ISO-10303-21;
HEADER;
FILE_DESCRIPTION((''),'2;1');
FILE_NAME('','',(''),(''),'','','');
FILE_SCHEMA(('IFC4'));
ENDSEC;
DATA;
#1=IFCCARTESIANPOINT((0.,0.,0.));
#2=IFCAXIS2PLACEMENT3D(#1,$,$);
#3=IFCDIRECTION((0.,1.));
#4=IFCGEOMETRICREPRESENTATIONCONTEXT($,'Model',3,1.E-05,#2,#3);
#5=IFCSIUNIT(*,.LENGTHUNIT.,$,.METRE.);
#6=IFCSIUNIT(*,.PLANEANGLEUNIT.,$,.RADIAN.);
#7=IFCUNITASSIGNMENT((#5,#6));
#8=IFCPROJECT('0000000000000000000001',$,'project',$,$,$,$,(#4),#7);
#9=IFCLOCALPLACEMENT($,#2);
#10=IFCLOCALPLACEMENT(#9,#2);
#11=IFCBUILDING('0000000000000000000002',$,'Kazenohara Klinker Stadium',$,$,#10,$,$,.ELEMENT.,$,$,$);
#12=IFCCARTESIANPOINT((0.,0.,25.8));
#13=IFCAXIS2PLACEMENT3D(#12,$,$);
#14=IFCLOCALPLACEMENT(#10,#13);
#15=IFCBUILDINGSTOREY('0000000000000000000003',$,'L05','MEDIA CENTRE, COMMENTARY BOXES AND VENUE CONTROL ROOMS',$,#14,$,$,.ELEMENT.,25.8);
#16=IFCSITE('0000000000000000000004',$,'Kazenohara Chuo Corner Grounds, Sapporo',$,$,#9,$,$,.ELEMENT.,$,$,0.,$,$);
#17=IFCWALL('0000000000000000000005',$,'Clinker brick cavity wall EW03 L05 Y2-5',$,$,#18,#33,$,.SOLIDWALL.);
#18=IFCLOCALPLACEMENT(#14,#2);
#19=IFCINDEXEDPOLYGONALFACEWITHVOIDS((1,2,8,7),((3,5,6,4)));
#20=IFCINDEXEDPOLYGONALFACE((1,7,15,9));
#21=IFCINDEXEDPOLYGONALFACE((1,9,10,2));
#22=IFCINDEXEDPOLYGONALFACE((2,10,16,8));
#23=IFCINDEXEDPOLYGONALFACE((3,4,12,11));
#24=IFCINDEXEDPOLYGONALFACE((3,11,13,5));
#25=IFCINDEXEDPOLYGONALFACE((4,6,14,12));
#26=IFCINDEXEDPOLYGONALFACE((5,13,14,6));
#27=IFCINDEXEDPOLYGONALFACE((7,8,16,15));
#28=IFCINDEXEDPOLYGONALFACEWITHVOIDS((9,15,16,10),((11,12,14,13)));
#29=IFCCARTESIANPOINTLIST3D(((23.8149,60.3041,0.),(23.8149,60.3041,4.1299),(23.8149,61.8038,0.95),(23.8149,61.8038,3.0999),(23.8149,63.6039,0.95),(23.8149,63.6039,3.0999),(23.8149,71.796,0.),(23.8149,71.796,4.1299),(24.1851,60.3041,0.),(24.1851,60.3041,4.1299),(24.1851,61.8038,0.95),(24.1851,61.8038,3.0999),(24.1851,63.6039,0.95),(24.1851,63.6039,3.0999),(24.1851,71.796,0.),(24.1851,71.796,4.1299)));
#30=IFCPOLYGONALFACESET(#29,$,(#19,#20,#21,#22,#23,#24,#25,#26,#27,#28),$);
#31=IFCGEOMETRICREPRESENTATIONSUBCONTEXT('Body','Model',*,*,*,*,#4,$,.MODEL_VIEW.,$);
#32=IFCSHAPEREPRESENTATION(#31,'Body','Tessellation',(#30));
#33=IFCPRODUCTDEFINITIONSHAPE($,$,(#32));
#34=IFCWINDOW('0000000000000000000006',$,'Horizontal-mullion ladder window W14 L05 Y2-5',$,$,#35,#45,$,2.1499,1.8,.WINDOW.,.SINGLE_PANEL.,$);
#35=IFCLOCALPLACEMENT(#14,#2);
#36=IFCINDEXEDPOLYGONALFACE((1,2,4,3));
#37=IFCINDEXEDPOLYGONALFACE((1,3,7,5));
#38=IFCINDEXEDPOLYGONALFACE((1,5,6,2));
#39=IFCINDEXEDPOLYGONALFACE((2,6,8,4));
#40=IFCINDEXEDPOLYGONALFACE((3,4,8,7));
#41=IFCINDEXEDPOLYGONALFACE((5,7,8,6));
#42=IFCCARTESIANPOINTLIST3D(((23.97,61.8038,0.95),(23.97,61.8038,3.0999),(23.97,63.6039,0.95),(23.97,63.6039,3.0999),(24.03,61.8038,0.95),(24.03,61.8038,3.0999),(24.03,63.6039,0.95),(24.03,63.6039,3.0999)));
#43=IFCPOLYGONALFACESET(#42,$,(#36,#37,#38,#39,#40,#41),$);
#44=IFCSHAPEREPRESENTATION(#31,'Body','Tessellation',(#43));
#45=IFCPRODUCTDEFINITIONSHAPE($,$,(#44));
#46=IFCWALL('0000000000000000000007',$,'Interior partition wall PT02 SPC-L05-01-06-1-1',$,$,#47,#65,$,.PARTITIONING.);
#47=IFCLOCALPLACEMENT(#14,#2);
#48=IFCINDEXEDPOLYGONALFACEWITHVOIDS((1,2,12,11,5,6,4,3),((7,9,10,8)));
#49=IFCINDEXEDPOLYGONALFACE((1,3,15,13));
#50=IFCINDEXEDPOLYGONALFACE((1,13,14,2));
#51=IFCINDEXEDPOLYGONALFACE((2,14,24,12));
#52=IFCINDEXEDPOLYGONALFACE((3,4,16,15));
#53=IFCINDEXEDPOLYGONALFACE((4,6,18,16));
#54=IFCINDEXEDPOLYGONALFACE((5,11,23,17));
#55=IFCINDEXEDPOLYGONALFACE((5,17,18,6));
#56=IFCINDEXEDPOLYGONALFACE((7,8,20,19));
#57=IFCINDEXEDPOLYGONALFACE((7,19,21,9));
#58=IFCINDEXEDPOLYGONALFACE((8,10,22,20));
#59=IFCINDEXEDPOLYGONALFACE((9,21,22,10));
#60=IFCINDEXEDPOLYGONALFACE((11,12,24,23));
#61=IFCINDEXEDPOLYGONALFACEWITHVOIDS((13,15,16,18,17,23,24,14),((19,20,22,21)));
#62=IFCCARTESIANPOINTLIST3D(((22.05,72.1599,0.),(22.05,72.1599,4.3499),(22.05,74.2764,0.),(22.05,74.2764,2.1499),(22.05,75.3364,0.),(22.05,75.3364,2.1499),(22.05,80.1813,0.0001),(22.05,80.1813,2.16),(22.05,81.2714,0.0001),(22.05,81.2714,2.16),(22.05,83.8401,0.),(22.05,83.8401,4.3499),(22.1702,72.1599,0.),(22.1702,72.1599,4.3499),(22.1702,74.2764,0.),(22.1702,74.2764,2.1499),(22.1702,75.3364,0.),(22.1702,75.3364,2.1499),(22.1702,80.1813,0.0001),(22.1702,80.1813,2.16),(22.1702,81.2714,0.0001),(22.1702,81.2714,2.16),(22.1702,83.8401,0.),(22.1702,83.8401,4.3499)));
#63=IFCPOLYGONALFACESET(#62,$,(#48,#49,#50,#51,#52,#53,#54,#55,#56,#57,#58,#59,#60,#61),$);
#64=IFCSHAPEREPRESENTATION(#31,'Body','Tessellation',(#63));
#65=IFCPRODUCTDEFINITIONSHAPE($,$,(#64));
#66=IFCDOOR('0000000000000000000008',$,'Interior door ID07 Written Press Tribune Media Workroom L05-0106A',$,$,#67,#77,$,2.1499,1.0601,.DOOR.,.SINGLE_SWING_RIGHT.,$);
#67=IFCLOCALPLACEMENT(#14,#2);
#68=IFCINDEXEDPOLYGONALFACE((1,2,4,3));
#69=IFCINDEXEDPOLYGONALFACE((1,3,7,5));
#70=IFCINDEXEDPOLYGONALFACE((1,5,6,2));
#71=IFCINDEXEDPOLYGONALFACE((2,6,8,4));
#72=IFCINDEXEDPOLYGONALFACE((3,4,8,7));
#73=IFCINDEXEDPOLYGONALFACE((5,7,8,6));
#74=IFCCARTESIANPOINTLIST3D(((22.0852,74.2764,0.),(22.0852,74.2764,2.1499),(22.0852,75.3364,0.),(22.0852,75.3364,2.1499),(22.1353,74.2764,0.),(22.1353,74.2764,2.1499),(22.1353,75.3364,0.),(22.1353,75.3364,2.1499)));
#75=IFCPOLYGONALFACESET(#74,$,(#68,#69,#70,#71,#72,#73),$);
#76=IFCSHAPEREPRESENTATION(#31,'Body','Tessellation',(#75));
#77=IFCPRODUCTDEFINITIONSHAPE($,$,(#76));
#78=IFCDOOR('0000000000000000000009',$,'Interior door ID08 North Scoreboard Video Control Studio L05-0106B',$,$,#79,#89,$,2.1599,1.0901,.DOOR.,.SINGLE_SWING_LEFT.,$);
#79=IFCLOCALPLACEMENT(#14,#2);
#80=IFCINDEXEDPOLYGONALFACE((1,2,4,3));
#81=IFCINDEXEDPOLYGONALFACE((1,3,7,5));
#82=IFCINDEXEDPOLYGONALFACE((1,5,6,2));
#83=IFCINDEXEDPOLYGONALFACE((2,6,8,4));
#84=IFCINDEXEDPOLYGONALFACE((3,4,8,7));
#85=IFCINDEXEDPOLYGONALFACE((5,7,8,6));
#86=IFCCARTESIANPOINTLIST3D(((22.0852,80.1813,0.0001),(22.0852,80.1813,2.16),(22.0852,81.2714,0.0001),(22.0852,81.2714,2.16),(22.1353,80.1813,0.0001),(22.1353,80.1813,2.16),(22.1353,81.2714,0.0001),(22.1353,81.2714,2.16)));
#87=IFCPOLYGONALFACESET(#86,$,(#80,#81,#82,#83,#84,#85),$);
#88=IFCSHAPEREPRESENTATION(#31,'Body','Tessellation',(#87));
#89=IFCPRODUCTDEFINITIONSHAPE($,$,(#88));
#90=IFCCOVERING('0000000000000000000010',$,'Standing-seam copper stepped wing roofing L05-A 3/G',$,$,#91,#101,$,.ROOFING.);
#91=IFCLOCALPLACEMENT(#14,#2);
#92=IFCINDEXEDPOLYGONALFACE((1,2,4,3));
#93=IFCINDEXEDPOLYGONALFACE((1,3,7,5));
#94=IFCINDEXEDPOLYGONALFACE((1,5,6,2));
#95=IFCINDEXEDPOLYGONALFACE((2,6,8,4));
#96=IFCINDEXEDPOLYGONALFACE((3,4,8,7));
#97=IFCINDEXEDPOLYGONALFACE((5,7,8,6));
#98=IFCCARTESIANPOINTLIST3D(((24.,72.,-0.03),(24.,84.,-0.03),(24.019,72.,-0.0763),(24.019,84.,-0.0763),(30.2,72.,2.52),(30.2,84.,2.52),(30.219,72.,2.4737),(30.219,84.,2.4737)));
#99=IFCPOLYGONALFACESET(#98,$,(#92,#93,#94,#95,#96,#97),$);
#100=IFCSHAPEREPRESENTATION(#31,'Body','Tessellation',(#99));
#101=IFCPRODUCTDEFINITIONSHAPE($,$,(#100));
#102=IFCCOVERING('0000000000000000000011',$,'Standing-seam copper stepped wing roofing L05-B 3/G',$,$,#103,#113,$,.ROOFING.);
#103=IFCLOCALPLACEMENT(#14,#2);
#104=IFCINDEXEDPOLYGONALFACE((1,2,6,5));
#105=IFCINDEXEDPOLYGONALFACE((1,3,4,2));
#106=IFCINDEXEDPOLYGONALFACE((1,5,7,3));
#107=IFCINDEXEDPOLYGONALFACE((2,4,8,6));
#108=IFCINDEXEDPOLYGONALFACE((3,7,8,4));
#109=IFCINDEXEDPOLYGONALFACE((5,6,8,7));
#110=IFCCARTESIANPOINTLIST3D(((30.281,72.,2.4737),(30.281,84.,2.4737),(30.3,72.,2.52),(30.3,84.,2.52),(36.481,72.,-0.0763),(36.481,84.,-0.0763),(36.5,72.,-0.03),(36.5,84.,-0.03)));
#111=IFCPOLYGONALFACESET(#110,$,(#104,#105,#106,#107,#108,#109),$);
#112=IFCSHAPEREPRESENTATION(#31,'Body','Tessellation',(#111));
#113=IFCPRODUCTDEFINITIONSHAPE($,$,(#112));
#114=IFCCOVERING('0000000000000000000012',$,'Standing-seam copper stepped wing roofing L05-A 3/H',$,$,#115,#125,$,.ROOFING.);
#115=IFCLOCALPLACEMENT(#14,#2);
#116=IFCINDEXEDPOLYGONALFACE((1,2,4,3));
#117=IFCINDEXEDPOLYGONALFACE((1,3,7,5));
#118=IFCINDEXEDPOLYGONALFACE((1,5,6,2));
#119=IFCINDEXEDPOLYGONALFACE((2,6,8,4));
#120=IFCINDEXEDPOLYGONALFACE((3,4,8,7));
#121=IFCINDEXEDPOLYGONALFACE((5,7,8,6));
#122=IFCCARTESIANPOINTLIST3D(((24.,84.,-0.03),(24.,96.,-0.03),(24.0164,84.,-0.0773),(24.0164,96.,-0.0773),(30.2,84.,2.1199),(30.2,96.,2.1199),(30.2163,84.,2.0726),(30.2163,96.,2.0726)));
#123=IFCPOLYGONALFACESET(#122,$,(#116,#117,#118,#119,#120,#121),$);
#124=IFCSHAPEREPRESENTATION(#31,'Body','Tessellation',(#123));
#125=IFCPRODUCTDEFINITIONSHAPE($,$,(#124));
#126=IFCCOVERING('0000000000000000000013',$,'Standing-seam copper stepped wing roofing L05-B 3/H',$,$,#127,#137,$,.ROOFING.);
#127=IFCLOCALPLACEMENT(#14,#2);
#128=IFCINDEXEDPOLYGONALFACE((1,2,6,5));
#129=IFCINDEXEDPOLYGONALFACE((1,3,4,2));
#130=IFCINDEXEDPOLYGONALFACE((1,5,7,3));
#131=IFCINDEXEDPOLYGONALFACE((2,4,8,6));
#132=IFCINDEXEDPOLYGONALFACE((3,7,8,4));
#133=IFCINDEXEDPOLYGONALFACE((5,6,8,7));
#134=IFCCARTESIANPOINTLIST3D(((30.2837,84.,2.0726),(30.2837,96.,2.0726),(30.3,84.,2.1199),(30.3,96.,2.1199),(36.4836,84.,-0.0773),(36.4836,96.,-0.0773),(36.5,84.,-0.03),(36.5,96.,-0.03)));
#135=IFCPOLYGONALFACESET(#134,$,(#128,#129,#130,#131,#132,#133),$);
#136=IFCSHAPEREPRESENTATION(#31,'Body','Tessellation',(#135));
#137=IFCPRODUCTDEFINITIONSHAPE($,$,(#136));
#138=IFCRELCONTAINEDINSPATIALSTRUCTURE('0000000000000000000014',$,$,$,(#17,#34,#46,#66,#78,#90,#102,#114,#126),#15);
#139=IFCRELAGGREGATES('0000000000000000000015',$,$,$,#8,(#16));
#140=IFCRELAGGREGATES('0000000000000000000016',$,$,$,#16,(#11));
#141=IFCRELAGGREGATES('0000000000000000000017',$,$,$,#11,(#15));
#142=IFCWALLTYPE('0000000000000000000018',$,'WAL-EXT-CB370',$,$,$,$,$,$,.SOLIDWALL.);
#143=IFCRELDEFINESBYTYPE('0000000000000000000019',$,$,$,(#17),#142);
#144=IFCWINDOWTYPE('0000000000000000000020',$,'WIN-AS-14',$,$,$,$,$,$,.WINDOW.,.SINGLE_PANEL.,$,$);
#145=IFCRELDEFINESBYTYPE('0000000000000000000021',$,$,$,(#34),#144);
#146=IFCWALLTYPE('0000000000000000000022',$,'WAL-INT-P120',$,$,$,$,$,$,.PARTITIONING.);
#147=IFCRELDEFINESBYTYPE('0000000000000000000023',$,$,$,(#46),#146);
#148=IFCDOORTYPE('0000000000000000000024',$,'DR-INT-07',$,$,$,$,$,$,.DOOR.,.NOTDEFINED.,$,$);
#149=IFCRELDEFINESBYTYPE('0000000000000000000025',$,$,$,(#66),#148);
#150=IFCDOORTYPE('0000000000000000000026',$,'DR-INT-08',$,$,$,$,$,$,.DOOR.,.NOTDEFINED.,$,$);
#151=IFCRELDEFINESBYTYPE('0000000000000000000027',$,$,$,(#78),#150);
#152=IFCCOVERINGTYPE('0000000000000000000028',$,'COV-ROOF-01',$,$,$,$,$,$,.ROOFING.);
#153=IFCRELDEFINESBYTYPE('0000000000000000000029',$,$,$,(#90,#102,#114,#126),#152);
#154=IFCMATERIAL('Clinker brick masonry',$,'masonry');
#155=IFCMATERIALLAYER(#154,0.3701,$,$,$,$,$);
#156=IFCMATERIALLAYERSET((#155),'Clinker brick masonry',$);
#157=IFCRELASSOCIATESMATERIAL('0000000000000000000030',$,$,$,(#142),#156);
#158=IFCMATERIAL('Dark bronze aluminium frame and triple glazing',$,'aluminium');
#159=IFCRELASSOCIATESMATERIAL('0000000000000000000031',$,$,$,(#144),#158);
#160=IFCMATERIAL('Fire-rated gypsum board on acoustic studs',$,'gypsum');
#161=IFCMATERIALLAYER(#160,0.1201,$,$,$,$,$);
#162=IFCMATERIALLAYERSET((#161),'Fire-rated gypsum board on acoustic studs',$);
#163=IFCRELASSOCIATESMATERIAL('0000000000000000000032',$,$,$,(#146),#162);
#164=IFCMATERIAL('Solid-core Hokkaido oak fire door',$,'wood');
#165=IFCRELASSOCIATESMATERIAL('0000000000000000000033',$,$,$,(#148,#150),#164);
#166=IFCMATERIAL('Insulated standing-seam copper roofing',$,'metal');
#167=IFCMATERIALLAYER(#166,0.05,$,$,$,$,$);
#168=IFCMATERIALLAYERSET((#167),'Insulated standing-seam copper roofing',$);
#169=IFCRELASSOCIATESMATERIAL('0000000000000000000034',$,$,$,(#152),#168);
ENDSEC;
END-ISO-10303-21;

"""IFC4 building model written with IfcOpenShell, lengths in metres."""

from ifc_helpers import new_model, si_unit, direction, frame, frame_2d, origin, place, context, subcontext, project, spatial, polyline, rectangle, outline, extrude, material, layer, layer_set, type_object, element, fill, save


model = new_model("IFC4")

# Units and contexts
model_context = context("Model", 3, precision=1e-05, world=origin(), true_north=direction((0.0, 1.0)))
body_context = subcontext(model_context, "Body", "Model", "MODEL_VIEW")
ifc_project = project(units=[si_unit("LENGTHUNIT", "METRE"), si_unit("PLANEANGLEUNIT", "RADIAN")], contexts=[model_context])

# Site, building, storey
site_placement = place(None, origin())
site = spatial("IfcSite", under=ifc_project, at=site_placement, Name="Kazenohara Chuo Corner Grounds, Sapporo", CompositionType="ELEMENT", RefElevation=0.0)
building_placement = place(site_placement, origin())
building = spatial("IfcBuilding", under=site, at=building_placement, Name="Kazenohara Klinker Stadium", CompositionType="ELEMENT")
storey_placement = place(building_placement, frame((0.0, 0.0, 25.8)))
storey = spatial("IfcBuildingStorey", under=building, at=storey_placement, Name="L05", Description="MEDIA CENTRE, COMMENTARY BOXES AND VENUE CONTROL ROOMS", CompositionType="ELEMENT", Elevation=25.8)

# Wall, opening, window
ifc_material_1 = material(Name="Clinker brick masonry", Category="masonry")
ifc_material_2 = material(Name="Dark bronze aluminium frame and triple glazing", Category="aluminium")
ifc_layer_1 = layer(ifc_material_1, 0.3701)
ifc_layer_set_1 = layer_set([ifc_layer_1], Name="Clinker brick masonry")
wall_type_1 = type_object("IfcWallType", Name="WAL-EXT-CB370", PredefinedType="SOLIDWALL", material=ifc_layer_set_1)
wall_1_placement = place(storey_placement, frame((24.0, 60.304, 0.0), z_axis=(0.0, 0.0, 1.0), x_axis=(0.0, 1.0, 0.0)))
wall_1 = element("IfcWall", 1, at=wall_1_placement, inside=storey, type_object=wall_type_1, Name="Clinker brick cavity wall EW03 L05 Y2-5", PredefinedType="SOLIDWALL", context=body_context, shape_type="SweptSolid", body=[
    extrude(rectangle(XDim=11.4919, YDim=0.3701, at=frame_2d((5.7461, 0.0))), origin(), (0.0, 0.0, 1.0), 4.1299),
])
opening_1_placement = place(wall_1_placement, frame((1.5, 0.0, 0.95)))
opening_1 = element("IfcOpeningElement", 2, at=opening_1_placement, cuts=wall_1, PredefinedType="OPENING", context=body_context, shape_type="SweptSolid", body=[
    extrude(rectangle(XDim=1.8, YDim=2.1499, at=frame_2d((0.8999, 1.075))), frame((0.0, 0.1951, 0.0), z_axis=(0.0, -1.0, 0.0), x_axis=(1.0, 0.0, 0.0)), (0.0, 0.0, 1.0), 0.3901),
])
window_type_1 = type_object("IfcWindowType", Name="WIN-AS-14", PartitioningType="SINGLE_PANEL", PredefinedType="WINDOW", material=ifc_material_2)
window_1_placement = place(opening_1_placement, origin())
window_1 = element("IfcWindow", 3, at=window_1_placement, inside=storey, type_object=window_type_1, Name="Horizontal-mullion ladder window W14 L05 Y2-5", OverallHeight=2.1499, OverallWidth=1.8, PartitioningType="SINGLE_PANEL", PredefinedType="WINDOW", context=body_context, shape_type="SweptSolid", body=[
    extrude(rectangle(XDim=1.8, YDim=2.1499, at=frame_2d((0.8999, 1.075))), frame((0.0, 0.03, 0.0), z_axis=(0.0, -1.0, 0.0), x_axis=(1.0, 0.0, 0.0)), (0.0, 0.0, 1.0), 0.0601),
])
fill(opening_1, window_1)

# Wall, openings, doors
ifc_material_3 = material(Name="Fire-rated gypsum board on acoustic studs", Category="gypsum")
ifc_layer_2 = layer(ifc_material_3, 0.1201)
ifc_layer_set_2 = layer_set([ifc_layer_2], Name="Fire-rated gypsum board on acoustic studs")
wall_type_2 = type_object("IfcWallType", Name="WAL-INT-P120", PredefinedType="PARTITIONING", material=ifc_layer_set_2)
wall_2_placement = place(storey_placement, frame((22.1101, 72.1599, 0.0), z_axis=(0.0, 0.0, 1.0), x_axis=(0.0, 1.0, 0.0)))
wall_2 = element("IfcWall", 4, at=wall_2_placement, inside=storey, type_object=wall_type_2, Name="Interior partition wall PT02 SPC-L05-01-06-1-1", PredefinedType="PARTITIONING", context=body_context, shape_type="SweptSolid", body=[
    extrude(rectangle(XDim=11.6802, YDim=0.1201, at=frame_2d((5.8401, 0.0))), origin(), (0.0, 0.0, 1.0), 4.3499),
])
opening_2_placement = place(wall_2_placement, frame((2.1165, 0.0, 0.0)))
opening_2 = element("IfcOpeningElement", 5, at=opening_2_placement, cuts=wall_2, PredefinedType="OPENING", context=body_context, shape_type="SweptSolid", body=[
    extrude(rectangle(XDim=1.0601, YDim=2.1499, at=frame_2d((0.53, 1.075))), frame((0.0, 0.0701, 0.0), z_axis=(0.0, -1.0, 0.0), x_axis=(1.0, 0.0, 0.0)), (0.0, 0.0, 1.0), 0.1401),
])
opening_3_placement = place(wall_2_placement, frame((8.0215, 0.0, 0.0)))
opening_3 = element("IfcOpeningElement", 6, at=opening_3_placement, cuts=wall_2, PredefinedType="OPENING", context=body_context, shape_type="SweptSolid", body=[
    extrude(rectangle(XDim=1.0901, YDim=2.1599, at=frame_2d((0.5449, 1.0801))), frame((0.0, 0.0701, 0.0), z_axis=(0.0, -1.0, 0.0), x_axis=(1.0, 0.0, 0.0)), (0.0, 0.0, 1.0), 0.1401),
])
ifc_material_4 = material(Name="Solid-core Hokkaido oak fire door", Category="wood")
door_type_1 = type_object("IfcDoorType", Name="DR-INT-07", OperationType="NOTDEFINED", PredefinedType="DOOR", material=ifc_material_4)
door_1_placement = place(opening_2_placement, origin())
door_1 = element("IfcDoor", 7, at=door_1_placement, inside=storey, type_object=door_type_1, Name="Interior door ID07 Written Press Tribune Media Workroom L05-0106A", OperationType="SINGLE_SWING_RIGHT", OverallHeight=2.1499, OverallWidth=1.0601, PredefinedType="DOOR", context=body_context, shape_type="SweptSolid", body=[
    extrude(rectangle(XDim=1.0601, YDim=2.1499, at=frame_2d((0.53, 1.075))), frame((0.0, 0.0249, 0.0), z_axis=(0.0, -1.0, 0.0), x_axis=(1.0, 0.0, 0.0)), (0.0, 0.0, 1.0), 0.05),
])
fill(opening_2, door_1)
door_type_2 = type_object("IfcDoorType", Name="DR-INT-08", OperationType="NOTDEFINED", PredefinedType="DOOR", material=ifc_material_4)
door_2_placement = place(opening_3_placement, origin())
door_2 = element("IfcDoor", 8, at=door_2_placement, inside=storey, type_object=door_type_2, Name="Interior door ID08 North Scoreboard Video Control Studio L05-0106B", OperationType="SINGLE_SWING_LEFT", OverallHeight=2.1599, OverallWidth=1.0901, PredefinedType="DOOR", context=body_context, shape_type="SweptSolid", body=[
    extrude(rectangle(XDim=1.0901, YDim=2.1599, at=frame_2d((0.5449, 1.0801))), frame((0.0, 0.0249, 0.0), z_axis=(0.0, -1.0, 0.0), x_axis=(1.0, 0.0, 0.0)), (0.0, 0.0, 1.0), 0.05),
])
fill(opening_3, door_2)

# Coverings
ifc_material_5 = material(Name="Insulated standing-seam copper roofing", Category="metal")
ifc_layer_3 = layer(ifc_material_5, 0.05)
ifc_layer_set_3 = layer_set([ifc_layer_3], Name="Insulated standing-seam copper roofing")
covering_type = type_object("IfcCoveringType", Name="COV-ROOF-01", PredefinedType="ROOFING", material=ifc_layer_set_3)
for number, where, z_axis, x_axis, name in (
    (9, (24.0, 72.0, -0.03), (-0.380383, 0.0, 0.924829), (0.924829, 0.0, 0.380383), "Standing-seam copper stepped wing roofing L05-A 3/G"),
    (10, (30.3, 72.0, 2.52), (0.380383, 0.0, 0.924829), (0.924829, 0.0, -0.380383), "Standing-seam copper stepped wing roofing L05-B 3/G"),
):
    element("IfcCovering", number, at=place(storey_placement, frame(where, z_axis=z_axis, x_axis=x_axis)), inside=storey, type_object=covering_type, Name=name, PredefinedType="ROOFING", context=body_context, shape_type="SweptSolid", body=[
        extrude(outline(polyline([(0.0, 0.0), (6.7039, 0.0), (6.7039, 12.0), (0.0, 12.0), (0.0, 0.0)])), origin(), (0.0, 0.0, -1.0), 0.05),
    ])
for number, where, z_axis, x_axis, name in (
    (11, (24.0, 84.0, -0.03), (-0.327623, 0.0, 0.944809), (0.944809, 0.0, 0.327623), "Standing-seam copper stepped wing roofing L05-A 3/H"),
    (12, (30.3, 84.0, 2.1199), (0.327623, 0.0, 0.944809), (0.944809, 0.0, -0.327623), "Standing-seam copper stepped wing roofing L05-B 3/H"),
):
    element("IfcCovering", number, at=place(storey_placement, frame(where, z_axis=z_axis, x_axis=x_axis)), inside=storey, type_object=covering_type, Name=name, PredefinedType="ROOFING", context=body_context, shape_type="SweptSolid", body=[
        extrude(outline(polyline([(0.0, 0.0), (6.5621, 0.0), (6.5621, 12.0), (0.0, 12.0), (0.0, 0.0)])), origin(), (0.0, 0.0, -1.0), 0.05),
    ])

save(model, "model.ifc")
